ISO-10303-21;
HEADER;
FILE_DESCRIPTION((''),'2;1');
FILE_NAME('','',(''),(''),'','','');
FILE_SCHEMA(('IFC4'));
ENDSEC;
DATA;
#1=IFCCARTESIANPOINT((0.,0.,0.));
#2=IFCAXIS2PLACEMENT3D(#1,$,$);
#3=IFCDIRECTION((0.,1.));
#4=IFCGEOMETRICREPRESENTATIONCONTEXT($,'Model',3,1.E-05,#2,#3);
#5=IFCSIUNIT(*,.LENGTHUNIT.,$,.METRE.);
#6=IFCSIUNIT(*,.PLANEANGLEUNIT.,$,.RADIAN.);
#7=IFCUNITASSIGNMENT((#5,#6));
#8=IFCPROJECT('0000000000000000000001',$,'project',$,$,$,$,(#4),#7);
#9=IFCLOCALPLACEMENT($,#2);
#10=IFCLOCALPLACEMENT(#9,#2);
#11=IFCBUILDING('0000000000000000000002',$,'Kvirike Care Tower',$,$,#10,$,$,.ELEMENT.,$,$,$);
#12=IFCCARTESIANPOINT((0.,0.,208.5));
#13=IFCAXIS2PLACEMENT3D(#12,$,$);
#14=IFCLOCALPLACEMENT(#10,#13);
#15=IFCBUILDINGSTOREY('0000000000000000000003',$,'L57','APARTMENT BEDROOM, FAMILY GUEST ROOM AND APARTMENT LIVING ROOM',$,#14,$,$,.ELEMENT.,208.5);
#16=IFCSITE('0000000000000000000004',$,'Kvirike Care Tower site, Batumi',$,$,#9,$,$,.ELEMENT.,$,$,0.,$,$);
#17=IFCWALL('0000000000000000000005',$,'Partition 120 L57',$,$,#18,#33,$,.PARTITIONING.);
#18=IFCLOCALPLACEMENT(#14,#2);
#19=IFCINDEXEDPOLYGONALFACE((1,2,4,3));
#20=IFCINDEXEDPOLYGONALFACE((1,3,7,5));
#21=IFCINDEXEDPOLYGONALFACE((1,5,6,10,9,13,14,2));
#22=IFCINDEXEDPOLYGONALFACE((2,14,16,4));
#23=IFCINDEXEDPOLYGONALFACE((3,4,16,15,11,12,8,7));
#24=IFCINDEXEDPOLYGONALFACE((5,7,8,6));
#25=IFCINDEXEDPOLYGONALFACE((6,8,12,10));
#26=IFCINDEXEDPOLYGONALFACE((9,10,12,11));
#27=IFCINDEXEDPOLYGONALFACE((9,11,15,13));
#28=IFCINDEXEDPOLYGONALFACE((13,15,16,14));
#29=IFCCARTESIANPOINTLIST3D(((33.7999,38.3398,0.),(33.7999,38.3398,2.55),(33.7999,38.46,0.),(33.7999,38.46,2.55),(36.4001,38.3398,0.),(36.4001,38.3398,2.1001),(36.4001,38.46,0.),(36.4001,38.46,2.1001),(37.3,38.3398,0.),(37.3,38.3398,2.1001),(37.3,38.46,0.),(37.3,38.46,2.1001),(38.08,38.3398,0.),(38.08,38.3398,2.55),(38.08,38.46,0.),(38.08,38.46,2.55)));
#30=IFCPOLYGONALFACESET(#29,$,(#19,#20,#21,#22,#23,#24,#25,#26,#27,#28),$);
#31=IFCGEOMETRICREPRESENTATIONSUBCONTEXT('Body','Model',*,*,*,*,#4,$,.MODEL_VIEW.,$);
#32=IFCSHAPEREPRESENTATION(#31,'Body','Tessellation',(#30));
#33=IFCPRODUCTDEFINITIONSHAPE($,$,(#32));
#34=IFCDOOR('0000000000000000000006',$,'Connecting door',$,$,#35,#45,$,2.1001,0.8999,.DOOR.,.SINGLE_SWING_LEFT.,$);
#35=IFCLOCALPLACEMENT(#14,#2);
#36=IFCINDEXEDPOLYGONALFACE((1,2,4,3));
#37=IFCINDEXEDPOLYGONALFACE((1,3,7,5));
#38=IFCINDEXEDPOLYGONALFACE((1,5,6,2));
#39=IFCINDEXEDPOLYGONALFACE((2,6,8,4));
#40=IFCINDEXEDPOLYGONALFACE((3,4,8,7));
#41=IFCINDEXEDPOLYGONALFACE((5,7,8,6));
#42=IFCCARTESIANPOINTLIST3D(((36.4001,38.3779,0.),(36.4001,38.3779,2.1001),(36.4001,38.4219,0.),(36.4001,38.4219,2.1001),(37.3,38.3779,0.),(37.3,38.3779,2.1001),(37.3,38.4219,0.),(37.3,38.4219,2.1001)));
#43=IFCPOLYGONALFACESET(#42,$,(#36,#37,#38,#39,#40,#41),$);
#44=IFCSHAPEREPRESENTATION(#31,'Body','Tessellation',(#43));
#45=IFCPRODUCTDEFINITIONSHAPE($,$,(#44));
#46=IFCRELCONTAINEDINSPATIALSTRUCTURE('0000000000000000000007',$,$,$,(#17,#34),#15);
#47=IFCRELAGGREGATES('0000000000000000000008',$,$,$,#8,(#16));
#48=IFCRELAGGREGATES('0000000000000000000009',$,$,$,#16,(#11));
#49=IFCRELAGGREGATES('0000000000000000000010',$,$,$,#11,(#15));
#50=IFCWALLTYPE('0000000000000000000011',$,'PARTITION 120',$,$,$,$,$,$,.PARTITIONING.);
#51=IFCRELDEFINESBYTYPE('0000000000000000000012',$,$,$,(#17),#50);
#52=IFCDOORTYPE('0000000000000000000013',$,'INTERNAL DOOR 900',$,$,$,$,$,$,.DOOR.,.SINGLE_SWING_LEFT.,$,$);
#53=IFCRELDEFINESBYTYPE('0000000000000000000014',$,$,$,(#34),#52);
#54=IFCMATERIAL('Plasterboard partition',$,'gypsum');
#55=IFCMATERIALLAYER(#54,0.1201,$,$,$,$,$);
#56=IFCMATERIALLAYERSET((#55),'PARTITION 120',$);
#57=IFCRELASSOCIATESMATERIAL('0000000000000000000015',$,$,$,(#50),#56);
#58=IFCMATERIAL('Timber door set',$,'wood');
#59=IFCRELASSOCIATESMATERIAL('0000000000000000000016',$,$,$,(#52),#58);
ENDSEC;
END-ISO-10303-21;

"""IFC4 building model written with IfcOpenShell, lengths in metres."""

from ifc_helpers import new_model, si_unit, direction, frame, frame_2d, origin, place, context, subcontext, project, spatial, rectangle, extrude, material, layer, layer_set, type_object, element, fill, save


model = new_model("IFC4")

# Units and contexts
model_context = context("Model", 3, precision=1e-05, world=origin(), true_north=direction((0.0, 1.0)))
body_context = subcontext(model_context, "Body", "Model", "MODEL_VIEW")
ifc_project = project(units=[si_unit("LENGTHUNIT", "METRE"), si_unit("PLANEANGLEUNIT", "RADIAN")], contexts=[model_context])

# Site, building, storey
site_placement = place(None, origin())
site = spatial("IfcSite", under=ifc_project, at=site_placement, Name="Kvirike Care Tower site, Batumi", CompositionType="ELEMENT", RefElevation=0.0)
building_placement = place(site_placement, origin())
building = spatial("IfcBuilding", under=site, at=building_placement, Name="Kvirike Care Tower", CompositionType="ELEMENT")
storey_placement = place(building_placement, frame((0.0, 0.0, 208.5)))
storey = spatial("IfcBuildingStorey", under=building, at=storey_placement, Name="L57", Description="APARTMENT BEDROOM, FAMILY GUEST ROOM AND APARTMENT LIVING ROOM", CompositionType="ELEMENT", Elevation=208.5)

# Wall, opening, door
ifc_material_1 = material(Name="Plasterboard partition", Category="gypsum")
ifc_layer_1 = layer(ifc_material_1, 0.1201)
ifc_layer_set_1 = layer_set([ifc_layer_1], Name="PARTITION 120")
wall_type = type_object("IfcWallType", Name="PARTITION 120", PredefinedType="PARTITIONING", material=ifc_layer_set_1)
wall_placement = place(storey_placement, frame((38.0801, 38.3999, 0.0), z_axis=(0.0, 0.0, 1.0), x_axis=(-1.0, 0.0, 0.0)))
wall = element("IfcWall", 1, at=wall_placement, inside=storey, type_object=wall_type, Name="Partition 120 L57", PredefinedType="PARTITIONING", context=body_context, shape_type="SweptSolid", body=[
    extrude(rectangle(XDim=4.28, YDim=0.1201, at=frame_2d((2.1401, 0.0))), origin(), (0.0, 0.0, 1.0), 2.55),
])
opening_placement = place(wall_placement, frame((0.78, 0.0, 0.0)))
opening = element("IfcOpeningElement", 2, at=opening_placement, cuts=wall, PredefinedType="OPENING", context=body_context, shape_type="SweptSolid", body=[
    extrude(rectangle(XDim=0.8999, YDim=2.1001, at=frame_2d((0.45, 1.05))), frame((0.0, 0.0706, 0.0), z_axis=(0.0, -1.0, 0.0), x_axis=(1.0, 0.0, 0.0)), (0.0, 0.0, 1.0), 0.1411),
])
ifc_material_2 = material(Name="Timber door set", Category="wood")
door_type = type_object("IfcDoorType", Name="INTERNAL DOOR 900", OperationType="SINGLE_SWING_LEFT", PredefinedType="DOOR", material=ifc_material_2)
door_placement = place(opening_placement, frame((0.8999, 0.0, 0.0), z_axis=(0.0, 0.0, 1.0), x_axis=(-1.0, 0.0, 0.0)))
door = element("IfcDoor", 3, at=door_placement, inside=storey, type_object=door_type, Name="Connecting door", OperationType="SINGLE_SWING_LEFT", OverallHeight=2.1001, OverallWidth=0.8999, PredefinedType="DOOR", context=body_context, shape_type="SweptSolid", body=[
    extrude(rectangle(XDim=0.8999, YDim=2.1001, at=frame_2d((0.45, 1.05))), frame((0.0, 0.022, 0.0), z_axis=(0.0, -1.0, 0.0), x_axis=(1.0, 0.0, 0.0)), (0.0, 0.0, 1.0), 0.0439),
])
fill(opening, door)

save(model, "model.ifc")
